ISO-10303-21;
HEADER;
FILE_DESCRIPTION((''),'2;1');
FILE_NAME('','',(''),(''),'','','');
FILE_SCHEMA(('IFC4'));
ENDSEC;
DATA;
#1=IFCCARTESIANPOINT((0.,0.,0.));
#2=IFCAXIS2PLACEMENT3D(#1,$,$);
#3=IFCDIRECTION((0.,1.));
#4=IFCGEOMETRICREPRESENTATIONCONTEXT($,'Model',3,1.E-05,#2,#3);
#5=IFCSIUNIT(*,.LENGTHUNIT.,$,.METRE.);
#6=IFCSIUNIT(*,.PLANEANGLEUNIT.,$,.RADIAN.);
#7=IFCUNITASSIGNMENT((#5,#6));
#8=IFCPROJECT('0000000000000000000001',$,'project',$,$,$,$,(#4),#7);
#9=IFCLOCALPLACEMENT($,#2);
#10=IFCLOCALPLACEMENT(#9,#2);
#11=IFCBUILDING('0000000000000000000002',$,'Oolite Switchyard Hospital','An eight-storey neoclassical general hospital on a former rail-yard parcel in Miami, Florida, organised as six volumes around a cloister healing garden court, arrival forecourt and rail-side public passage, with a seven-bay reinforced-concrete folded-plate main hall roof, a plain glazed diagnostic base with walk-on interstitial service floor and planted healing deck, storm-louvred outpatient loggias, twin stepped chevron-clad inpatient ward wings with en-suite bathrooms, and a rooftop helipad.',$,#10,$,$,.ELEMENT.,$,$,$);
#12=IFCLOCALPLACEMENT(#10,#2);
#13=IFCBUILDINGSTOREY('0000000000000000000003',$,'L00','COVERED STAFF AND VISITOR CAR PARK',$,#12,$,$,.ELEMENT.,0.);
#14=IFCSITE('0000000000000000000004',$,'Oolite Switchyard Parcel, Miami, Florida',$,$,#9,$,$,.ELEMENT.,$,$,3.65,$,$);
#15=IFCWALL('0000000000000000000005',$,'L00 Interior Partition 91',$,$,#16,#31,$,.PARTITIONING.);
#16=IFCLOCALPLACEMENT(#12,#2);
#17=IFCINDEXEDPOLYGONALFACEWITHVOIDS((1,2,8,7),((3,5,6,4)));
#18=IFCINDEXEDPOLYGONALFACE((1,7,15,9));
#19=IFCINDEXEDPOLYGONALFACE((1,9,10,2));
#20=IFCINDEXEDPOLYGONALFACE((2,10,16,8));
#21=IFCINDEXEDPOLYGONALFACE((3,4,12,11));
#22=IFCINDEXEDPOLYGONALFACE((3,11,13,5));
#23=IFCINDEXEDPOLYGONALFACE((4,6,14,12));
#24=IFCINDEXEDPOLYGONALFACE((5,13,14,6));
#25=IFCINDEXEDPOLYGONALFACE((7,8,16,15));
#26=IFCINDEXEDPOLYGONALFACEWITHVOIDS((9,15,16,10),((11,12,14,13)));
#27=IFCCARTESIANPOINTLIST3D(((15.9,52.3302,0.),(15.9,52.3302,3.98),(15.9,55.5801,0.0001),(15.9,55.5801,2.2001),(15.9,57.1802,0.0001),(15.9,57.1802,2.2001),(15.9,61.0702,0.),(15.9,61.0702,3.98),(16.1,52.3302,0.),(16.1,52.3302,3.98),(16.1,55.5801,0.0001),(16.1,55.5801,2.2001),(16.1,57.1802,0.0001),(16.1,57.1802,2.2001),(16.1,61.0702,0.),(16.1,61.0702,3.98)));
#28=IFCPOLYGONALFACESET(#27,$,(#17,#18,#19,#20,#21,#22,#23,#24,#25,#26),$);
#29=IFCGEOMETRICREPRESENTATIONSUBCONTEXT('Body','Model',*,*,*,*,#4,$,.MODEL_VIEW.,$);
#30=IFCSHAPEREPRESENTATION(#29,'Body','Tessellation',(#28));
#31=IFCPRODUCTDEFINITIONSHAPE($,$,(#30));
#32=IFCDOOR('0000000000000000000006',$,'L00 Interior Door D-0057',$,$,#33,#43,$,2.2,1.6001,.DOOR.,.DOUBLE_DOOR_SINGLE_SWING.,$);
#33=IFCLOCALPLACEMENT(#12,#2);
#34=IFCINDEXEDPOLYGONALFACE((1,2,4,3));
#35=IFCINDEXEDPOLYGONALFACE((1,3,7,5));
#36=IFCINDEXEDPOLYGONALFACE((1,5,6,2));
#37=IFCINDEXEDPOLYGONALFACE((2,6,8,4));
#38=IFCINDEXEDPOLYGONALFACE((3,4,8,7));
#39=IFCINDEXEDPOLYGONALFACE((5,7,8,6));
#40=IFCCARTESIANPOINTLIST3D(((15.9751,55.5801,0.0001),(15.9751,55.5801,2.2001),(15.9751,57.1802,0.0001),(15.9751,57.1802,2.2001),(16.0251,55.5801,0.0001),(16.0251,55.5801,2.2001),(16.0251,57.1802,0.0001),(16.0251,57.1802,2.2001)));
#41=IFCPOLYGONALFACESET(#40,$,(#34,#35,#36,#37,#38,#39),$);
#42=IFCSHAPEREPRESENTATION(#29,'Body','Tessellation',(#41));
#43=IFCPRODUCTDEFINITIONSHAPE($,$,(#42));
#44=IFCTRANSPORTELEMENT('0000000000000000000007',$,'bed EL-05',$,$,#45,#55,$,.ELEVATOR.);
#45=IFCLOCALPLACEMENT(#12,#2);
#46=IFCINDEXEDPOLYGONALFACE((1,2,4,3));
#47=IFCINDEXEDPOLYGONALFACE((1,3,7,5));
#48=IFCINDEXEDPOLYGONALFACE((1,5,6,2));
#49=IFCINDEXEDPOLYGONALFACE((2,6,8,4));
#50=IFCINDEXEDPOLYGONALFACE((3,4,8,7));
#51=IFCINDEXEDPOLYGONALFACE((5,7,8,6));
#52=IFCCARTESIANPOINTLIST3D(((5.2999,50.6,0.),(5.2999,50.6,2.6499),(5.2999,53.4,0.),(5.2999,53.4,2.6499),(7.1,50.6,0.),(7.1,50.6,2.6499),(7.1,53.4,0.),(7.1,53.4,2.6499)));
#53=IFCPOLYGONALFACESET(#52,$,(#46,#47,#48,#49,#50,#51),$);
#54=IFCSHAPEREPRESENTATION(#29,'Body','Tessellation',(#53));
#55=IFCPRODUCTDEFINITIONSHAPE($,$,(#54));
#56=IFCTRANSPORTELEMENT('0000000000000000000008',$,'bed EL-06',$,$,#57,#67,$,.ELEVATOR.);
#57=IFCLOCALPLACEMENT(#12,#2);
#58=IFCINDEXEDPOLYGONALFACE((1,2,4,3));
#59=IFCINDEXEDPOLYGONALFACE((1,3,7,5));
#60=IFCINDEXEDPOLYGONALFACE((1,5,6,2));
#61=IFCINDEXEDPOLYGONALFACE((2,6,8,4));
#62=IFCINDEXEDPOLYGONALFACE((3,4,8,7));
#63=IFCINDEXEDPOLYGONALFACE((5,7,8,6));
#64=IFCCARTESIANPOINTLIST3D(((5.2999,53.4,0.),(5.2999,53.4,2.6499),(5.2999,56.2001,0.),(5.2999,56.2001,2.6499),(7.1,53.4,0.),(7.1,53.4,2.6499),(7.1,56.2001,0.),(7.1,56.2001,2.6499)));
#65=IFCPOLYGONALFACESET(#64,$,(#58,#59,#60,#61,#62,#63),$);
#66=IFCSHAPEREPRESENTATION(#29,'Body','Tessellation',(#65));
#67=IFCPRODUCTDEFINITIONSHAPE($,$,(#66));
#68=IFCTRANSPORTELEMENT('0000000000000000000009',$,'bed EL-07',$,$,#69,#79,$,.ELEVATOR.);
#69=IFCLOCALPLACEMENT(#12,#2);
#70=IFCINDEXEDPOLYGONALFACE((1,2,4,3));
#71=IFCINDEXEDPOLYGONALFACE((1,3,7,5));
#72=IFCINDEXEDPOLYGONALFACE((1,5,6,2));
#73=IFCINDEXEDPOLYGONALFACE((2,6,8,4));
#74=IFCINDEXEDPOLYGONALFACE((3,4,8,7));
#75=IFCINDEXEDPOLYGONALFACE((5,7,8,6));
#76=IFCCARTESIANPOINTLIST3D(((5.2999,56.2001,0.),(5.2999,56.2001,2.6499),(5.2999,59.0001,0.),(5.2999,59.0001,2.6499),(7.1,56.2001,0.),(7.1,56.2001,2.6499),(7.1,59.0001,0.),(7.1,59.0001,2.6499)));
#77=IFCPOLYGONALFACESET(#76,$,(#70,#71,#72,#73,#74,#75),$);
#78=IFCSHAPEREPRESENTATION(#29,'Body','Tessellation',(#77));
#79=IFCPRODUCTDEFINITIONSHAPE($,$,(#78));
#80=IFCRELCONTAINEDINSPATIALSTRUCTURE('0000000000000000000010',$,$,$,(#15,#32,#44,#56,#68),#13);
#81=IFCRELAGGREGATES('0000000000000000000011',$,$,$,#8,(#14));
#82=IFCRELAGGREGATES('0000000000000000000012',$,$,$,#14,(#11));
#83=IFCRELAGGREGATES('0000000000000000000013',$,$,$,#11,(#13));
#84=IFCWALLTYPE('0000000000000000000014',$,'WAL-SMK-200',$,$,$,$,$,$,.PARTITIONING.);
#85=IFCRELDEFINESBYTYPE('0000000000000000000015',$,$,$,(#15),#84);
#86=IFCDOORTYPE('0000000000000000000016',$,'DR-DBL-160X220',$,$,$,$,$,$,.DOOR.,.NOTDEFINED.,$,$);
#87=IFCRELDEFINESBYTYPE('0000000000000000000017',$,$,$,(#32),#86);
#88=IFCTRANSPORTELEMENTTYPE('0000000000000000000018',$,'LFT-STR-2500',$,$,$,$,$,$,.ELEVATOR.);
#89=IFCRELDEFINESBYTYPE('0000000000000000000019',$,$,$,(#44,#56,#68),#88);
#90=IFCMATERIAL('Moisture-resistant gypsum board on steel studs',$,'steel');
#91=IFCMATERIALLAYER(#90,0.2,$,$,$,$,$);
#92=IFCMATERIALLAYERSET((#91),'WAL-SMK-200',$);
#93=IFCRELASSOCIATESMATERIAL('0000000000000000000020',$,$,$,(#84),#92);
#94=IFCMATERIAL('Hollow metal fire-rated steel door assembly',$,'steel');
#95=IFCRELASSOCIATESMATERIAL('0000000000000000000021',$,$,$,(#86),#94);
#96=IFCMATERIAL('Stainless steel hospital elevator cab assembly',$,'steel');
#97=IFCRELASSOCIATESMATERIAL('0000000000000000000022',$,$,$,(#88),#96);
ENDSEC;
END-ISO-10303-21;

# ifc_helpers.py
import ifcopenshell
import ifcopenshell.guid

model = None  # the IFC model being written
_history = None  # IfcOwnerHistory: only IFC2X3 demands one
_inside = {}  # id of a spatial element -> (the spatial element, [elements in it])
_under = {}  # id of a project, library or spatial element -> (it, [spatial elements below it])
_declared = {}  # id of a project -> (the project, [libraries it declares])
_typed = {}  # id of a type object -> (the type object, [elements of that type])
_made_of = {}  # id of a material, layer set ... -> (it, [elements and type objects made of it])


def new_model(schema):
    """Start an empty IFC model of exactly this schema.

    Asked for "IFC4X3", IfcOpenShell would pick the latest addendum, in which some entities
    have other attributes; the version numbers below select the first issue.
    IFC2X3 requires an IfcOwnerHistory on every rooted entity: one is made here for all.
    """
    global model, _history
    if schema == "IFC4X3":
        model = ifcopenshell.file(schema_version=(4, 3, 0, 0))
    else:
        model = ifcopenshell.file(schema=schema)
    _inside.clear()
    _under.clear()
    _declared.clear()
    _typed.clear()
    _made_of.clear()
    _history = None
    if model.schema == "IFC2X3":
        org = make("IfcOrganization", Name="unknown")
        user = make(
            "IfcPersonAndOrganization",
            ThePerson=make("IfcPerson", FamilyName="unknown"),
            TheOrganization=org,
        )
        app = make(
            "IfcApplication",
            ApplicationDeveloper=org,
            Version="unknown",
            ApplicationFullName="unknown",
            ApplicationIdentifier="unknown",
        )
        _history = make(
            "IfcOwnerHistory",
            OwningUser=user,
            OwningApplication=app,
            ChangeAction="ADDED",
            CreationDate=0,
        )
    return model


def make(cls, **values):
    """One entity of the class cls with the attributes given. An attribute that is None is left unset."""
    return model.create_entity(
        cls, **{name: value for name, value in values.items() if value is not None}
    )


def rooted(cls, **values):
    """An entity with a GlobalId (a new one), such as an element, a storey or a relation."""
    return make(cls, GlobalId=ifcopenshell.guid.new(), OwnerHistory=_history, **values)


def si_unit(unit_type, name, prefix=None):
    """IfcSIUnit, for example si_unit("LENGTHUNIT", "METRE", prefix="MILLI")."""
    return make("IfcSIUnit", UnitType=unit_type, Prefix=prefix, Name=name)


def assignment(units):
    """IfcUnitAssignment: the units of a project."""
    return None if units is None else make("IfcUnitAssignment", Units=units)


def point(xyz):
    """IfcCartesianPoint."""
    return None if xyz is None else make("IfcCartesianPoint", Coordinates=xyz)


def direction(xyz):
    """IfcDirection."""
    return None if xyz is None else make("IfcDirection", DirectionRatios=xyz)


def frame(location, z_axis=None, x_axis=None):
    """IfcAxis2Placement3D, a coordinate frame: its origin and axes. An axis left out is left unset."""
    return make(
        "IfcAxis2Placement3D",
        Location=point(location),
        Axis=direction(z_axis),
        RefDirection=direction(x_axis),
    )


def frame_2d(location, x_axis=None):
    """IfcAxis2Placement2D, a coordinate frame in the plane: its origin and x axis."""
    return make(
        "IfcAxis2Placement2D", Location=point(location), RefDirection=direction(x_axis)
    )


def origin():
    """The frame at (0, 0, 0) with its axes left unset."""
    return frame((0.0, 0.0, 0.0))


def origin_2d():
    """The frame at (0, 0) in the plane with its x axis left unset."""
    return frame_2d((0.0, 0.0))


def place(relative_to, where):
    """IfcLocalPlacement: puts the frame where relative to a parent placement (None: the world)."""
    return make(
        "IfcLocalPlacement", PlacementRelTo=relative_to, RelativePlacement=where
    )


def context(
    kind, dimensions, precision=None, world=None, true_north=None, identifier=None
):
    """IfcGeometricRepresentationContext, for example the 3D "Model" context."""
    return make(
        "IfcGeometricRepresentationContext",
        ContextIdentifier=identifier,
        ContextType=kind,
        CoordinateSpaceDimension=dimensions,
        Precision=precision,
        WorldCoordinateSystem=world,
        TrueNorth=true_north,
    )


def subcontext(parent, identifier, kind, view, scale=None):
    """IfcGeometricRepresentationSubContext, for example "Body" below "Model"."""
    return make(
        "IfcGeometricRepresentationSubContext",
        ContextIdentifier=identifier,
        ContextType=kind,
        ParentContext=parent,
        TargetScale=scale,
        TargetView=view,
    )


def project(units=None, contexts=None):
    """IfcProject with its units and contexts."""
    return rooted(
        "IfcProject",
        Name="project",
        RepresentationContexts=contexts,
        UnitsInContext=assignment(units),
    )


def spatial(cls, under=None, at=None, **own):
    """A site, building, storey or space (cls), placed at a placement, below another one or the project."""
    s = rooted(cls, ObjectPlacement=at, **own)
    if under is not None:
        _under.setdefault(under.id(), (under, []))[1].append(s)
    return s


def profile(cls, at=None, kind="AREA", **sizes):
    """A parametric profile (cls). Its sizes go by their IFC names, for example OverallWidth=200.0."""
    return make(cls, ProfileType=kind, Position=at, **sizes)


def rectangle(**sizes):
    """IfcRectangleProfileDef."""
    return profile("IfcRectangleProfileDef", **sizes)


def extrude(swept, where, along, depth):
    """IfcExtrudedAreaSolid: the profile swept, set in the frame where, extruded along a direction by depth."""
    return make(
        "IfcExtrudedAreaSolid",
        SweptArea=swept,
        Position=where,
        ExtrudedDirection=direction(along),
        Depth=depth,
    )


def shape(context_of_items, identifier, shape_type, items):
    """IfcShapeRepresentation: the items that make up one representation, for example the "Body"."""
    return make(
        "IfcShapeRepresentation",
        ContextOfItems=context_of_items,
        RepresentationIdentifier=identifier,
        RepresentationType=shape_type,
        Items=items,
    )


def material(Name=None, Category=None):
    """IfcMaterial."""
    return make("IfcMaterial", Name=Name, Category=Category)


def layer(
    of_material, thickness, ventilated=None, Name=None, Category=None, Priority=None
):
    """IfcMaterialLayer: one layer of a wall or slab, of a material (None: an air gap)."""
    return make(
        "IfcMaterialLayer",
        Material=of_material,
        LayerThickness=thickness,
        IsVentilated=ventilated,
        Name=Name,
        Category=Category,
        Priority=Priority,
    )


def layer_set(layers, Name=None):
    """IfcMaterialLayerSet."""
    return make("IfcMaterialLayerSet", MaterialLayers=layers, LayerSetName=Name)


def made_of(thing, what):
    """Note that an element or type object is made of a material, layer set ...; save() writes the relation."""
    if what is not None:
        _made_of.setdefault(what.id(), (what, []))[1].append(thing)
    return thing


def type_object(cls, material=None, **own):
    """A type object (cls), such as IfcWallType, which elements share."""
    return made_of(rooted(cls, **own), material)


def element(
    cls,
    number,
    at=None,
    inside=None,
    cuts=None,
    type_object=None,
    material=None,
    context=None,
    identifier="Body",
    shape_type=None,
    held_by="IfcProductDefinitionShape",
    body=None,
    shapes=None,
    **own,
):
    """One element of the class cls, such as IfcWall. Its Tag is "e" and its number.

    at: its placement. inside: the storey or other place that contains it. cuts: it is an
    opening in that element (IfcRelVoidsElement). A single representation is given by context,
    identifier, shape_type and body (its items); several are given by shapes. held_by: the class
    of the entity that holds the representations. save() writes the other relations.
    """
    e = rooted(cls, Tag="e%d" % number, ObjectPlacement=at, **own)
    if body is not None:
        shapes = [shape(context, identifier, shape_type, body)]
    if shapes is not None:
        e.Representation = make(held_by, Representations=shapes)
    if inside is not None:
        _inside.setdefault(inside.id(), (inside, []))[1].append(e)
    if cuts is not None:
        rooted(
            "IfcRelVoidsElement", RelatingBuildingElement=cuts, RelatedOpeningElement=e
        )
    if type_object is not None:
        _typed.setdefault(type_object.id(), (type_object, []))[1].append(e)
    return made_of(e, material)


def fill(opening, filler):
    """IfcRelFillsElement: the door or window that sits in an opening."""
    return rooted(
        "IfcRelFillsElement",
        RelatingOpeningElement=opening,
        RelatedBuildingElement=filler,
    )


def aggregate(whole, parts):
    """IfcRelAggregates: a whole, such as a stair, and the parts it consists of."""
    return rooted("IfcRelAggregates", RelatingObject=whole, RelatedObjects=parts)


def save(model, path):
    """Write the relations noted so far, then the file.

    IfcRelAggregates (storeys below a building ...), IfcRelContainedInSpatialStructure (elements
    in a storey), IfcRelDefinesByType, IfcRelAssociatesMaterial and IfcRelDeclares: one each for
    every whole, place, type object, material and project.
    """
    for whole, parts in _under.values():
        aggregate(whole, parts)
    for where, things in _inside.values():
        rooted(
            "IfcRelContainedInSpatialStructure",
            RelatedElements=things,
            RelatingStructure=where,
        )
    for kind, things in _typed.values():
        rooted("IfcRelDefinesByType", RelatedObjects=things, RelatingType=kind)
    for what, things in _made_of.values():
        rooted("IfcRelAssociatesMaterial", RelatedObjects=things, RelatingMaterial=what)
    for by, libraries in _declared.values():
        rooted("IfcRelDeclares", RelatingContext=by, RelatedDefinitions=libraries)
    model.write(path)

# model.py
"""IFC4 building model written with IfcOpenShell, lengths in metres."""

from ifc_helpers import new_model, si_unit, direction, frame, frame_2d, origin, origin_2d, place, context, subcontext, project, spatial, rectangle, extrude, material, layer, layer_set, type_object, element, fill, save


model = new_model("IFC4")

# Units and contexts
model_context = context("Model", 3, precision=1e-05, world=origin(), true_north=direction((0.0, 1.0)))
body_context = subcontext(model_context, "Body", "Model", "MODEL_VIEW")
ifc_project = project(units=[si_unit("LENGTHUNIT", "METRE"), si_unit("PLANEANGLEUNIT", "RADIAN")], contexts=[model_context])

# Site, building, storey
site_placement = place(None, origin())
site = spatial("IfcSite", under=ifc_project, at=site_placement, Name="Oolite Switchyard Parcel, Miami, Florida", CompositionType="ELEMENT", RefElevation=3.65)
building_placement = place(site_placement, origin())
building = spatial("IfcBuilding", under=site, at=building_placement, Name="Oolite Switchyard Hospital", Description="An eight-storey neoclassical general hospital on a former rail-yard parcel in Miami, Florida, organised as six volumes around a cloister healing garden court, arrival forecourt and rail-side public passage, with a seven-bay reinforced-concrete folded-plate main hall roof, a plain glazed diagnostic base with walk-on interstitial service floor and planted healing deck, storm-louvred outpatient loggias, twin stepped chevron-clad inpatient ward wings with en-suite bathrooms, and a rooftop helipad.", CompositionType="ELEMENT")
storey_placement = place(building_placement, origin())
storey = spatial("IfcBuildingStorey", under=building, at=storey_placement, Name="L00", Description="COVERED STAFF AND VISITOR CAR PARK", CompositionType="ELEMENT", Elevation=0.0)

# Wall, opening, door
ifc_material_1 = material(Name="Moisture-resistant gypsum board on steel studs", Category="steel")
ifc_layer_1 = layer(ifc_material_1, 0.2)
ifc_layer_set_1 = layer_set([ifc_layer_1], Name="WAL-SMK-200")
wall_type_1 = type_object("IfcWallType", Name="WAL-SMK-200", PredefinedType="PARTITIONING", material=ifc_layer_set_1)
wall_1_placement = place(storey_placement, frame((16.0, 52.3301, 0.0), z_axis=(0.0, 0.0, 1.0), x_axis=(0.0, 1.0, 0.0)))
wall_1 = element("IfcWall", 1, at=wall_1_placement, inside=storey, type_object=wall_type_1, Name="L00 Interior Partition 91", PredefinedType="PARTITIONING", context=body_context, shape_type="SweptSolid", body=[
    extrude(rectangle(XDim=8.74, YDim=0.2, at=frame_2d((4.3701, 0.0))), origin(), (0.0, 0.0, 1.0), 3.98),
])
opening_1_placement = place(wall_1_placement, frame((3.25, 0.0, 0.0)))
opening_1 = element("IfcOpeningElement", 2, at=opening_1_placement, cuts=wall_1, PredefinedType="OPENING", context=body_context, shape_type="SweptSolid", body=[
    extrude(rectangle(XDim=1.6001, YDim=2.2, at=frame_2d((0.8, 1.1001))), frame((0.0, 0.1099, 0.0), z_axis=(0.0, -1.0, 0.0), x_axis=(1.0, 0.0, 0.0)), (0.0, 0.0, 1.0), 0.22),
])
ifc_material_2 = material(Name="Hollow metal fire-rated steel door assembly", Category="steel")
door_type_1 = type_object("IfcDoorType", Name="DR-DBL-160X220", OperationType="NOTDEFINED", PredefinedType="DOOR", material=ifc_material_2)
door_1_placement = place(opening_1_placement, origin())
door_1 = element("IfcDoor", 3, at=door_1_placement, inside=storey, type_object=door_type_1, Name="L00 Interior Door D-0057", OperationType="DOUBLE_DOOR_SINGLE_SWING", OverallHeight=2.2, OverallWidth=1.6001, PredefinedType="DOOR", context=body_context, shape_type="SweptSolid", body=[
    extrude(rectangle(XDim=1.6001, YDim=2.2, at=frame_2d((0.8, 1.1001))), frame((0.0, 0.0249, 0.0), z_axis=(0.0, -1.0, 0.0), x_axis=(1.0, 0.0, 0.0)), (0.0, 0.0, 1.0), 0.05),
])
fill(opening_1, door_1)

# Transport elements
ifc_material_3 = material(Name="Stainless steel hospital elevator cab assembly", Category="steel")
transport_element_type = type_object("IfcTransportElementType", Name="LFT-STR-2500", PredefinedType="ELEVATOR", material=ifc_material_3)
for number, where, z_axis, x_axis, name in (
    (4, (6.2, 52.0, 0.0), (0.0, 0.0, 1.0), (1.0, 0.0, 0.0), "bed EL-05"),
    (5, (6.2, 54.8, 0.0), (0.0, 0.0, 1.0), (1.0, 0.0, 0.0), "bed EL-06"),
    (6, (6.2, 57.6001, 0.0), (0.0, 0.0, 1.0), (1.0, 0.0, 0.0), "bed EL-07"),
):
    element("IfcTransportElement", number, at=place(storey_placement, frame(where, z_axis=z_axis, x_axis=x_axis)), inside=storey, type_object=transport_element_type, Name=name, PredefinedType="ELEVATOR", context=body_context, shape_type="SweptSolid", body=[
        extrude(rectangle(XDim=1.8, YDim=2.8, at=origin_2d()), origin(), (0.0, 0.0, 1.0), 2.6499),
    ])

save(model, "model.ifc")
